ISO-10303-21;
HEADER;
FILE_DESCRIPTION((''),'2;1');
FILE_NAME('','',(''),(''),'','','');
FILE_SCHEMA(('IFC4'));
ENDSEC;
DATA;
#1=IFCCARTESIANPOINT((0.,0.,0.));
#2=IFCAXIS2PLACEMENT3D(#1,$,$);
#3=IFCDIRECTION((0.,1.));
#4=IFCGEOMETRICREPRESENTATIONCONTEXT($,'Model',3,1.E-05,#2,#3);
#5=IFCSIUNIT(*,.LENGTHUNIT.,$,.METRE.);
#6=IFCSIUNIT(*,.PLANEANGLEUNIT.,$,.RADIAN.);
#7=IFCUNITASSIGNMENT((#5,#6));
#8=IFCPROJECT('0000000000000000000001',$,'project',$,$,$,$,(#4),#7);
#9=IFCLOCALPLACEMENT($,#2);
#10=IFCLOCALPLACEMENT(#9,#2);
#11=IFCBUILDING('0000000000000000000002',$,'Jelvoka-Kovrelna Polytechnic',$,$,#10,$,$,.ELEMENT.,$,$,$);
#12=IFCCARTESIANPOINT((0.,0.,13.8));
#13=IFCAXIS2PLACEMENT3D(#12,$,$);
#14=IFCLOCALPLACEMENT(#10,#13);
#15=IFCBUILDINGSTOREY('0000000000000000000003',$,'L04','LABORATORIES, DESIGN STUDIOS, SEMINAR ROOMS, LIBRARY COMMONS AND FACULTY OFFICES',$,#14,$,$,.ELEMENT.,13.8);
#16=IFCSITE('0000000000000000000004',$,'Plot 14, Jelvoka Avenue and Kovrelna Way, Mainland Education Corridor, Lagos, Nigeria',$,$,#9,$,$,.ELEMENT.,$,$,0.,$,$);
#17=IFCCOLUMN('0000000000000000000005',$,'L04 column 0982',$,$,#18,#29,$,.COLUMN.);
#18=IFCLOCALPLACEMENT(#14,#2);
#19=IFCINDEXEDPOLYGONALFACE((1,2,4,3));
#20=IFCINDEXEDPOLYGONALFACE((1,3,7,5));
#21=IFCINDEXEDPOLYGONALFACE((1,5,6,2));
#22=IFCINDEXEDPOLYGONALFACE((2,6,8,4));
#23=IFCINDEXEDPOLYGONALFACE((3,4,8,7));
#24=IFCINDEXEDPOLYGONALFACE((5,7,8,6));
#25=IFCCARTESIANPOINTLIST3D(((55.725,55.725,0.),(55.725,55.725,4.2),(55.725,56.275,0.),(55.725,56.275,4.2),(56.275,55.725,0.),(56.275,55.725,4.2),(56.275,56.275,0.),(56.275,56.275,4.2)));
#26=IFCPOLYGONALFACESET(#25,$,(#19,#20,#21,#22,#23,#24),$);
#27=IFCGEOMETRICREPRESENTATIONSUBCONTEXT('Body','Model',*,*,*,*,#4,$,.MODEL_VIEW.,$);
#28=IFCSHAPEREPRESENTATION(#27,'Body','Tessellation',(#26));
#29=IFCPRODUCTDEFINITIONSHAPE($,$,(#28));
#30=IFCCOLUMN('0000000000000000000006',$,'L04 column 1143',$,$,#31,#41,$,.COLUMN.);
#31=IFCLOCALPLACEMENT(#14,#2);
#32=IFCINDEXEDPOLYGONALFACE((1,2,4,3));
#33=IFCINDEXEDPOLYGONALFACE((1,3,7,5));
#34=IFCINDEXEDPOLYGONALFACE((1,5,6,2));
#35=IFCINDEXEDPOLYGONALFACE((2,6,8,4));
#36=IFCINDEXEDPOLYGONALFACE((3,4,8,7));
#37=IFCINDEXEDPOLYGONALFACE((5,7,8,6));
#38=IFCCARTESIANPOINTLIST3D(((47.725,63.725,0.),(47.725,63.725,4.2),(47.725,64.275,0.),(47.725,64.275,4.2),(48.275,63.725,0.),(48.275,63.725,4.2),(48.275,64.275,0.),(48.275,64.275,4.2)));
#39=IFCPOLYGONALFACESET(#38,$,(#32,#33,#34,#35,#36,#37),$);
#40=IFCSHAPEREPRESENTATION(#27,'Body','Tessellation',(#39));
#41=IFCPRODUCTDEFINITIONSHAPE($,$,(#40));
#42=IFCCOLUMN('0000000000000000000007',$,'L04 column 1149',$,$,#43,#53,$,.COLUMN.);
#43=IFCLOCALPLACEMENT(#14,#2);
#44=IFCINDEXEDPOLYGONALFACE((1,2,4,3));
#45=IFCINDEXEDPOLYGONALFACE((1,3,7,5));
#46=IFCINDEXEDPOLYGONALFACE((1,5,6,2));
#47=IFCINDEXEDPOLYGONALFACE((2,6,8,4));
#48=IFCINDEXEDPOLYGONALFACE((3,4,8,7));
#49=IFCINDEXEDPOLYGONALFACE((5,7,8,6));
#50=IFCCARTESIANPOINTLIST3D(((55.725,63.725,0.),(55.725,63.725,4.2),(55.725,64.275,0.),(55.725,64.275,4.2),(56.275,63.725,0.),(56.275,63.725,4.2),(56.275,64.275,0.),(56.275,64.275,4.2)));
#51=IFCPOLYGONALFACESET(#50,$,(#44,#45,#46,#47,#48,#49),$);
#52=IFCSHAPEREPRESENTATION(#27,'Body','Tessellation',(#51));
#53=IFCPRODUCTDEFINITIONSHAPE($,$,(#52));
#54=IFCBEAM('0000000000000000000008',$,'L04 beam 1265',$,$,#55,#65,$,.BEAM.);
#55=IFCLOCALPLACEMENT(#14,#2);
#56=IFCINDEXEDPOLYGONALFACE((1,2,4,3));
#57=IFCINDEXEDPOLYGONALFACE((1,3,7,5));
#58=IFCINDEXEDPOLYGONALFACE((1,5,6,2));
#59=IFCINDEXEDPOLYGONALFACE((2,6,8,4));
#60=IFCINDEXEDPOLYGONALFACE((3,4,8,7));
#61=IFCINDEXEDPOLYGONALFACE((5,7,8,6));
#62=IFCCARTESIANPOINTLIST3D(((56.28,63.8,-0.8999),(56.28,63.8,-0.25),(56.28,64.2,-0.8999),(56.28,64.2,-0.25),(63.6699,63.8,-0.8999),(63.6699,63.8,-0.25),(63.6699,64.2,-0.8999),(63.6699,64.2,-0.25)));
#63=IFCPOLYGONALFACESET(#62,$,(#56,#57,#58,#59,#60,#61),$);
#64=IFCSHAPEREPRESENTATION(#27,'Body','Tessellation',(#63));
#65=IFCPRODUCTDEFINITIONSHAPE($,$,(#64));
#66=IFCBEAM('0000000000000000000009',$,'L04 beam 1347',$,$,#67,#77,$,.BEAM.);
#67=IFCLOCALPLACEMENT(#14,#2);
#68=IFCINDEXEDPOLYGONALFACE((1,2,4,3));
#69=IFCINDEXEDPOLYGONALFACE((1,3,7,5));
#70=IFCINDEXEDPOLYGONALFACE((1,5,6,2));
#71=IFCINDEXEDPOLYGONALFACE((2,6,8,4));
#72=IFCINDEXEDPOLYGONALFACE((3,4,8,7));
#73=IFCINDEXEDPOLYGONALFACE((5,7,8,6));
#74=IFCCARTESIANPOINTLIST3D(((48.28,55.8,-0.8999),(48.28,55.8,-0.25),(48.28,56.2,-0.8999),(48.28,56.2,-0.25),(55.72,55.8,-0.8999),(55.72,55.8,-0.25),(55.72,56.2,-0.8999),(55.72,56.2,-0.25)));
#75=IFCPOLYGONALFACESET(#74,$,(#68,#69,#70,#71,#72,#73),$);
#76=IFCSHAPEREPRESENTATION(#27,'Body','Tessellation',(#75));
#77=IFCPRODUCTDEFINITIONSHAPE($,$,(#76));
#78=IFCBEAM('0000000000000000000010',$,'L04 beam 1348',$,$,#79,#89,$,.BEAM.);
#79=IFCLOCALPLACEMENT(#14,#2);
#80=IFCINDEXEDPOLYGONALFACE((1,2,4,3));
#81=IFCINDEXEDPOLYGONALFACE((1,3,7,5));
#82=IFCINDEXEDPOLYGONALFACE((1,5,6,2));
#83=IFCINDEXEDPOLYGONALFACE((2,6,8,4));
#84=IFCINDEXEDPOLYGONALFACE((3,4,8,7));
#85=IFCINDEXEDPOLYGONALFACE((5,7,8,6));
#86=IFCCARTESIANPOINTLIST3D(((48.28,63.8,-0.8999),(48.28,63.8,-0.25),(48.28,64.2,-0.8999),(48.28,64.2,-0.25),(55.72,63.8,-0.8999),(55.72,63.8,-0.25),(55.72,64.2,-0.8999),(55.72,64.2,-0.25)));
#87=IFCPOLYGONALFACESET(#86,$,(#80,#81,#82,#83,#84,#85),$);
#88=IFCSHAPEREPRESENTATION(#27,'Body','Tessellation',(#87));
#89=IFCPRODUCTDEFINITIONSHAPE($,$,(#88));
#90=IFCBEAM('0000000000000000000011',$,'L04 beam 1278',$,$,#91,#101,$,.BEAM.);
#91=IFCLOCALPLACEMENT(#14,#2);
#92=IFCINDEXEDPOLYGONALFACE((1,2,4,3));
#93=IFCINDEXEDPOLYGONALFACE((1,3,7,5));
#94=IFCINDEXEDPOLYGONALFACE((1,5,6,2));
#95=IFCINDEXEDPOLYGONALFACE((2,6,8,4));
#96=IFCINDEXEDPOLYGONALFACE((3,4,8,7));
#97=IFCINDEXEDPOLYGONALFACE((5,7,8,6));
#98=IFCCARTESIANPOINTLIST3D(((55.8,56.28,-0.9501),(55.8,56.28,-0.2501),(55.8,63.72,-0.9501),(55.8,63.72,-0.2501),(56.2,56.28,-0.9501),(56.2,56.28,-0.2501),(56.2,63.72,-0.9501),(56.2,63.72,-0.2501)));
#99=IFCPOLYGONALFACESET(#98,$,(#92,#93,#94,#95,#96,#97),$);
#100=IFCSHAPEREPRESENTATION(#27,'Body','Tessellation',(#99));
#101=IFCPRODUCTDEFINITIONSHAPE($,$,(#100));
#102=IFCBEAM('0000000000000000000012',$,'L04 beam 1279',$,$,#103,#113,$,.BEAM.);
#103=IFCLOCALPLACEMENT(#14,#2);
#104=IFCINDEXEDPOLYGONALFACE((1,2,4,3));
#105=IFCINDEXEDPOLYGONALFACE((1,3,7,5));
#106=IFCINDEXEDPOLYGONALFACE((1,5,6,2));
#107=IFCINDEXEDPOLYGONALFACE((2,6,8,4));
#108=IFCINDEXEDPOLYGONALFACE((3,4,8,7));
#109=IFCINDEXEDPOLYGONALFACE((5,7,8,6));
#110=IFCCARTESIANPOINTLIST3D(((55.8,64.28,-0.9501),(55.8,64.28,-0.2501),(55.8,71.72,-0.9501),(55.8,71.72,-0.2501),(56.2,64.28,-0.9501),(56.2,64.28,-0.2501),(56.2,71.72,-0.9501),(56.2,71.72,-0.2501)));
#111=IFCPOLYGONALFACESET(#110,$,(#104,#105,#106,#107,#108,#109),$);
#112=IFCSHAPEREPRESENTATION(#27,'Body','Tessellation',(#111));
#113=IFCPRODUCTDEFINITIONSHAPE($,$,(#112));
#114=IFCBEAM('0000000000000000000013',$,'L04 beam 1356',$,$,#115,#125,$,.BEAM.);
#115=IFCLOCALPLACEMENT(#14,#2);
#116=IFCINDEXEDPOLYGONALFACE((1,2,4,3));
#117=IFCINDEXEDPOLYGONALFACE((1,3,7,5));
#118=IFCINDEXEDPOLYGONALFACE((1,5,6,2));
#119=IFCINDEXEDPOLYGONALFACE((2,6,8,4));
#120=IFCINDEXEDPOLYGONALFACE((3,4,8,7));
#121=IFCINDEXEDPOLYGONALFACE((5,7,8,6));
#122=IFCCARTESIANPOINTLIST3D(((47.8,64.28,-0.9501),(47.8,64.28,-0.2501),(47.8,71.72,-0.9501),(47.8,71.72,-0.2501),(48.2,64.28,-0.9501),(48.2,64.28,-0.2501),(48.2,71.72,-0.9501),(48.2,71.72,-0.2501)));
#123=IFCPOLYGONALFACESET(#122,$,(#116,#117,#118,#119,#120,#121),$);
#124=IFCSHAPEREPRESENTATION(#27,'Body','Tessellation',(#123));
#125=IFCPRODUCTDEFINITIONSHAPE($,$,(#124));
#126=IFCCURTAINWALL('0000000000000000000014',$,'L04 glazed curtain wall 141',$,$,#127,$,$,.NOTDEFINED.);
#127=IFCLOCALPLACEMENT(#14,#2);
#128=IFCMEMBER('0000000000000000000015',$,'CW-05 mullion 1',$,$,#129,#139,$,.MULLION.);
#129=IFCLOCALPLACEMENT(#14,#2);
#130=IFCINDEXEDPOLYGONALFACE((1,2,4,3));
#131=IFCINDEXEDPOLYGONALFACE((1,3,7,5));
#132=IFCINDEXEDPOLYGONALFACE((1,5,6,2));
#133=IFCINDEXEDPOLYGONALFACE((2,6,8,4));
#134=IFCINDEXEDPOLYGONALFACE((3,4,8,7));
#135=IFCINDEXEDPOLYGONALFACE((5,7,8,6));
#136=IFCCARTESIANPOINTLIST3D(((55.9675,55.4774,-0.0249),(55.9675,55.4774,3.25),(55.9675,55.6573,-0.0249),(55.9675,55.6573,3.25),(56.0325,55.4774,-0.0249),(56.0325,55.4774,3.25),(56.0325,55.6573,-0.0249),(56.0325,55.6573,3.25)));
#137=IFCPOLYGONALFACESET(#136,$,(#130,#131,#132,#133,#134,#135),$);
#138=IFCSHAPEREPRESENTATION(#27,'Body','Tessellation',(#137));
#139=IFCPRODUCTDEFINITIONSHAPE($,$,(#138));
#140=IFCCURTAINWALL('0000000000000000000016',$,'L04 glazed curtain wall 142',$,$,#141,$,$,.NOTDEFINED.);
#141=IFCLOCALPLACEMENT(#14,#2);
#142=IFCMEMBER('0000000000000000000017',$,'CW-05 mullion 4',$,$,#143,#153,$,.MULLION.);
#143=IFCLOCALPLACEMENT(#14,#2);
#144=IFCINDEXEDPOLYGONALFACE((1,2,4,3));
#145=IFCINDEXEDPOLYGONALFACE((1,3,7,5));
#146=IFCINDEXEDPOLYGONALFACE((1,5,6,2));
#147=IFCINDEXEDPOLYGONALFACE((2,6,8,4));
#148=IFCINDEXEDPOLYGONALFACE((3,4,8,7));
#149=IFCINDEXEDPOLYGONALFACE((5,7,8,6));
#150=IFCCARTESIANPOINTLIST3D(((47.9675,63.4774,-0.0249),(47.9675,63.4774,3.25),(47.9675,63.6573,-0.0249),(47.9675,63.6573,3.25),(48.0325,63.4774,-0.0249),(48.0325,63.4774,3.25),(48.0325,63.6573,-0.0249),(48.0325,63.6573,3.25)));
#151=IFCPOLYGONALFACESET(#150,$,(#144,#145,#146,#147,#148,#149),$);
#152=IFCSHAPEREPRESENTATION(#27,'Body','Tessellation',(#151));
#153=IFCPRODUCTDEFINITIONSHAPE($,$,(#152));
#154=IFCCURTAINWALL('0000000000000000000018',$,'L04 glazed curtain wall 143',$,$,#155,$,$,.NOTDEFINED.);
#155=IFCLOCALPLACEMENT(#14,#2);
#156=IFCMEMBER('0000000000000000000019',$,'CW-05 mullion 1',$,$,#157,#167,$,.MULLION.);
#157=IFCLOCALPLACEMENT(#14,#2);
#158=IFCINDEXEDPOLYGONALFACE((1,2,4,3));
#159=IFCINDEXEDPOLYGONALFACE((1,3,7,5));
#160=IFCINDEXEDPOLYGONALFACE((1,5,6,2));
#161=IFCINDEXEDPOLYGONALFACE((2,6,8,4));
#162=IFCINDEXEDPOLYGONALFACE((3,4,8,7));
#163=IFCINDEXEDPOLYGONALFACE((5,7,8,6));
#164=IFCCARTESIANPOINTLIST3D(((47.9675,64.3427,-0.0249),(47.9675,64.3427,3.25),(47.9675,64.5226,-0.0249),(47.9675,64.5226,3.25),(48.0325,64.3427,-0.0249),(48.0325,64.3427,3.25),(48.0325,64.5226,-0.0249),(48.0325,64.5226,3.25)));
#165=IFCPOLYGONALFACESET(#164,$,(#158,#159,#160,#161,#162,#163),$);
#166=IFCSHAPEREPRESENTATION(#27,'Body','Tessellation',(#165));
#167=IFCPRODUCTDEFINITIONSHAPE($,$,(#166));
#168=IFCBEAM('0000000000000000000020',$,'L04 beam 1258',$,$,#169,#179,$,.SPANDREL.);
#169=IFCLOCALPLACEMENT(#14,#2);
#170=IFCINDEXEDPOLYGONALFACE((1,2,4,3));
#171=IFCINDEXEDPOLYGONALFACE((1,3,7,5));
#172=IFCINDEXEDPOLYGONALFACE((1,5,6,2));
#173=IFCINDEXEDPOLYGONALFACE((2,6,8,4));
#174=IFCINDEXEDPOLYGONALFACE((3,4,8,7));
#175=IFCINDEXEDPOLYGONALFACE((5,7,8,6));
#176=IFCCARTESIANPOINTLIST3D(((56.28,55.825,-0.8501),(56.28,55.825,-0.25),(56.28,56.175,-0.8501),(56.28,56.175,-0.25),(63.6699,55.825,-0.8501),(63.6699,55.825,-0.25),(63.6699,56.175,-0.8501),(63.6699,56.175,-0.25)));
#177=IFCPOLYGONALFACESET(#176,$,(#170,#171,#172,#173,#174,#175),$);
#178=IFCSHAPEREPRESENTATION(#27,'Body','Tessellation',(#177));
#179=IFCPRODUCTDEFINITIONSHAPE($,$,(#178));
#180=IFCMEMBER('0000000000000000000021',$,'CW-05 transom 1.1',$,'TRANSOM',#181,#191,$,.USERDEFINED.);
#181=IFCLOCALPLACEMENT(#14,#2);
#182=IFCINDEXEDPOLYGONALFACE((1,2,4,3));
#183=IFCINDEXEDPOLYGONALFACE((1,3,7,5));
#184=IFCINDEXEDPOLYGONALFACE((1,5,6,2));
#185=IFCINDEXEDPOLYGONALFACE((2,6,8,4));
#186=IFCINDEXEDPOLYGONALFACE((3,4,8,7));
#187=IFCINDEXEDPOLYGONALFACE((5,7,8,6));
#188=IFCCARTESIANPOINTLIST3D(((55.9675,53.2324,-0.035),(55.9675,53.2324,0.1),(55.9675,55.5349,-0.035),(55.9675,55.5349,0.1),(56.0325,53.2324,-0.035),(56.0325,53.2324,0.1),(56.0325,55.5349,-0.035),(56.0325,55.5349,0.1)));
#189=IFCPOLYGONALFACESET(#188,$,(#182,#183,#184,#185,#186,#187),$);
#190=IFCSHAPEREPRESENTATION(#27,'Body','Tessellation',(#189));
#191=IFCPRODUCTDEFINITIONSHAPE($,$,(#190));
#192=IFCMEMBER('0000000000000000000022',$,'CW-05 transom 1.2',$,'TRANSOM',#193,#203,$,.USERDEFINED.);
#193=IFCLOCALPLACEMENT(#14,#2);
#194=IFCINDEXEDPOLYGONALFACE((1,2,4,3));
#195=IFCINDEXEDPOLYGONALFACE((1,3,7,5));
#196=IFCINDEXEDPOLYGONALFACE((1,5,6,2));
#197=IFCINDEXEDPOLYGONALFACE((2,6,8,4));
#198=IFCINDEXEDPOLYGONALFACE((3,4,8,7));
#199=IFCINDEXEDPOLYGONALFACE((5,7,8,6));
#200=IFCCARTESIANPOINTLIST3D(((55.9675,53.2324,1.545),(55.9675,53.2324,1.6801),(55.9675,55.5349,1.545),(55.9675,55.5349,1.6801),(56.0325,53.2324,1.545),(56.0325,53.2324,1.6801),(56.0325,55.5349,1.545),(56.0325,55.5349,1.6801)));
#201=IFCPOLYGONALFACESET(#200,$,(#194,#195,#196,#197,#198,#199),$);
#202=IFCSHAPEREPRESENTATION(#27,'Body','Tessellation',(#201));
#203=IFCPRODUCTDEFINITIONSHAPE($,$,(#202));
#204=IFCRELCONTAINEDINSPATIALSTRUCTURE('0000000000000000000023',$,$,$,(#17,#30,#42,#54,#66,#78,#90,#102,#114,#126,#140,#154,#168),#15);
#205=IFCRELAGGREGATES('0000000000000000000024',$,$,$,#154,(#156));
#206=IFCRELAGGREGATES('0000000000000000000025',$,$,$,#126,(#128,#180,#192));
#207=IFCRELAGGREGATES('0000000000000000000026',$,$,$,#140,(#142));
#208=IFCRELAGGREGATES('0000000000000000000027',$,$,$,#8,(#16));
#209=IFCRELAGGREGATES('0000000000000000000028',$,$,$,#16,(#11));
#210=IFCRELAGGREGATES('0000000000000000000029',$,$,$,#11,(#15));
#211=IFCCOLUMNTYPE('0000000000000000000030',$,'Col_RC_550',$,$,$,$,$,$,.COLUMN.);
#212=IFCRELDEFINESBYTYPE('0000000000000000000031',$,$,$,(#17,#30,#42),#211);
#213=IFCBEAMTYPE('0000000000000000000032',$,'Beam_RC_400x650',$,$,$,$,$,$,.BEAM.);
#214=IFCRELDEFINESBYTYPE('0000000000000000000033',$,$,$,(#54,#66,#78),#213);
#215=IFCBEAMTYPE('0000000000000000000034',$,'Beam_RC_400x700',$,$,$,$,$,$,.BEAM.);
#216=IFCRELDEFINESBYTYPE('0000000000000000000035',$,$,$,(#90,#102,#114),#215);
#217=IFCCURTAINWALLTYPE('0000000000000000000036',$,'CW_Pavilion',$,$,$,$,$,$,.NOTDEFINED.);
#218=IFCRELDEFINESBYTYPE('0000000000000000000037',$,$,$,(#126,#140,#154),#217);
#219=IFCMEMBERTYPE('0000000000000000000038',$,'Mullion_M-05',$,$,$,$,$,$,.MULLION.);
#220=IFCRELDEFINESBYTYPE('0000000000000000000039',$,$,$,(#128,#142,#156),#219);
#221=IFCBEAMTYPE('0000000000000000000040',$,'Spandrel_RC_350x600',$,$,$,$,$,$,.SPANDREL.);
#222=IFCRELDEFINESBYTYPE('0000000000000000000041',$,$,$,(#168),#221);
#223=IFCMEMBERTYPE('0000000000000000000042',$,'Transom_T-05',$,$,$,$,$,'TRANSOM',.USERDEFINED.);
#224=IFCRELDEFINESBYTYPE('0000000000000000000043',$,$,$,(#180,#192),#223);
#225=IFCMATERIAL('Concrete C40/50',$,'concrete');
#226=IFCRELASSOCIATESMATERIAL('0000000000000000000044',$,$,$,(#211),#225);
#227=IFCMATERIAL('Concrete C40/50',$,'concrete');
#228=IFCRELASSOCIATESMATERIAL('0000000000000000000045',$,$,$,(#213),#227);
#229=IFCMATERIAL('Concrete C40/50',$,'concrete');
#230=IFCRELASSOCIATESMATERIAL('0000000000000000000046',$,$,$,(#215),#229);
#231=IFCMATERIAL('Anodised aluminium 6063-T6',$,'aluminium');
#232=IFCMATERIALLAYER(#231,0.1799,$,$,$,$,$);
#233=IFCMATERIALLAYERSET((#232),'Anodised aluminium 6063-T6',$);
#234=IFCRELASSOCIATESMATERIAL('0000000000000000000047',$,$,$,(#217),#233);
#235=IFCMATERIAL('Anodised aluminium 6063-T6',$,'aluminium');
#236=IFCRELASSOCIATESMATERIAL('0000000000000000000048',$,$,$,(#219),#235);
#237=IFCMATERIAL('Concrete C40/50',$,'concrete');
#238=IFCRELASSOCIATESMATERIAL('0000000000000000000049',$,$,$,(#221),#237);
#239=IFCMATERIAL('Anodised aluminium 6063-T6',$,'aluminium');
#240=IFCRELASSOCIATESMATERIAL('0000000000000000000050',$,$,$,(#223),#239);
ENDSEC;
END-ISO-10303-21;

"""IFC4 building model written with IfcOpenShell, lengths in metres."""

from ifc_helpers import new_model, si_unit, direction, frame, origin, origin_2d, place, context, subcontext, project, spatial, rectangle, extrude, material, layer, layer_set, material_profile, profile_set, type_object, element, aggregate, save


model = new_model("IFC4")

# Units and contexts
model_context = context("Model", 3, precision=1e-05, world=origin(), true_north=direction((0.0, 1.0)))
body_context = subcontext(model_context, "Body", "Model", "MODEL_VIEW")
ifc_project = project(units=[si_unit("LENGTHUNIT", "METRE"), si_unit("PLANEANGLEUNIT", "RADIAN")], contexts=[model_context])

# Site, building, storey
site_placement = place(None, origin())
site = spatial("IfcSite", under=ifc_project, at=site_placement, Name="Plot 14, Jelvoka Avenue and Kovrelna Way, Mainland Education Corridor, Lagos, Nigeria", CompositionType="ELEMENT", RefElevation=0.0)
building_placement = place(site_placement, origin())
building = spatial("IfcBuilding", under=site, at=building_placement, Name="Jelvoka-Kovrelna Polytechnic", CompositionType="ELEMENT")
storey_placement = place(building_placement, frame((0.0, 0.0, 13.8)))
storey = spatial("IfcBuildingStorey", under=building, at=storey_placement, Name="L04", Description="LABORATORIES, DESIGN STUDIOS, SEMINAR ROOMS, LIBRARY COMMONS AND FACULTY OFFICES", CompositionType="ELEMENT", Elevation=13.8)

# Columns
ifc_material_1 = material(Name="Concrete C40/50", Category="concrete")
ifc_material_profile_1 = material_profile(ifc_material_1, rectangle(XDim=0.55, YDim=0.55, at=origin_2d()), Name="RC 550x550")
ifc_profile_set_1 = profile_set([ifc_material_profile_1], Name="Concrete C40/50")
column_type = type_object("IfcColumnType", Name="Col_RC_550", PredefinedType="COLUMN", material=ifc_profile_set_1)
for number, where, z_axis, x_axis, name in (
    (1, (56.0, 56.0, 0.0), (0.0, 0.0, 1.0), (1.0, 0.0, 0.0), "L04 column 0982"),
    (2, (48.0, 64.0, 0.0), (0.0, 0.0, 1.0), (1.0, 0.0, 0.0), "L04 column 1143"),
    (3, (56.0, 64.0, 0.0), (0.0, 0.0, 1.0), (1.0, 0.0, 0.0), "L04 column 1149"),
):
    element("IfcColumn", number, at=place(storey_placement, frame(where, z_axis=z_axis, x_axis=x_axis)), inside=storey, type_object=column_type, Name=name, PredefinedType="COLUMN", context=body_context, shape_type="SweptSolid", body=[
        extrude(rectangle(XDim=0.55, YDim=0.55, at=origin_2d()), origin(), (0.0, 0.0, 1.0), 4.2),
    ])

# Beams
ifc_material_2 = material(Name="Concrete C40/50", Category="concrete")
ifc_material_profile_2 = material_profile(ifc_material_2, rectangle(XDim=0.3999, YDim=0.6499, at=origin_2d()), Name="RC 400x650")
ifc_profile_set_2 = profile_set([ifc_material_profile_2], Name="Concrete C40/50")
beam_type_1 = type_object("IfcBeamType", Name="Beam_RC_400x650", PredefinedType="BEAM", material=ifc_profile_set_2)
beam_1_placement = place(storey_placement, frame((56.28, 64.0, -0.575), z_axis=(1.0, 0.0, 0.0), x_axis=(0.0, 1.0, 0.0)))
element("IfcBeam", 4, at=beam_1_placement, inside=storey, type_object=beam_type_1, Name="L04 beam 1265", PredefinedType="BEAM", context=body_context, shape_type="SweptSolid", body=[
    extrude(rectangle(XDim=0.3999, YDim=0.6499, at=origin_2d()), origin(), (0.0, 0.0, 1.0), 7.3899),
])
for number, where, z_axis, x_axis, name in (
    (5, (48.28, 56.0, -0.575), (1.0, 0.0, 0.0), (0.0, 1.0, 0.0), "L04 beam 1347"),
    (6, (48.28, 64.0, -0.575), (1.0, 0.0, 0.0), (0.0, 1.0, 0.0), "L04 beam 1348"),
):
    element("IfcBeam", number, at=place(storey_placement, frame(where, z_axis=z_axis, x_axis=x_axis)), inside=storey, type_object=beam_type_1, Name=name, PredefinedType="BEAM", context=body_context, shape_type="SweptSolid", body=[
        extrude(rectangle(XDim=0.3999, YDim=0.6499, at=origin_2d()), origin(), (0.0, 0.0, 1.0), 7.4399),
    ])
ifc_material_3 = material(Name="Concrete C40/50", Category="concrete")
ifc_material_profile_3 = material_profile(ifc_material_3, rectangle(XDim=0.3999, YDim=0.7, at=origin_2d()), Name="RC 400x700")
ifc_profile_set_3 = profile_set([ifc_material_profile_3], Name="Concrete C40/50")
beam_type_2 = type_object("IfcBeamType", Name="Beam_RC_400x700", PredefinedType="BEAM", material=ifc_profile_set_3)
for number, where, z_axis, x_axis, name in (
    (7, (56.0, 56.28, -0.6001), (0.0, 1.0, 0.0), (-1.0, 0.0, 0.0), "L04 beam 1278"),
    (8, (56.0, 64.28, -0.6001), (0.0, 1.0, 0.0), (-1.0, 0.0, 0.0), "L04 beam 1279"),
    (9, (48.0, 64.28, -0.6001), (0.0, 1.0, 0.0), (-1.0, 0.0, 0.0), "L04 beam 1356"),
):
    element("IfcBeam", number, at=place(storey_placement, frame(where, z_axis=z_axis, x_axis=x_axis)), inside=storey, type_object=beam_type_2, Name=name, PredefinedType="BEAM", context=body_context, shape_type="SweptSolid", body=[
        extrude(rectangle(XDim=0.3999, YDim=0.7, at=origin_2d()), origin(), (0.0, 0.0, 1.0), 7.4399),
    ])

# Curtain walls, members
ifc_material_4 = material(Name="Anodised aluminium 6063-T6", Category="aluminium")
ifc_layer_1 = layer(ifc_material_4, 0.1799)
ifc_layer_set_1 = layer_set([ifc_layer_1], Name="Anodised aluminium 6063-T6")
curtain_wall_type = type_object("IfcCurtainWallType", Name="CW_Pavilion", PredefinedType="NOTDEFINED", material=ifc_layer_set_1)
curtain_wall_1_placement = place(storey_placement, origin())
curtain_wall_1 = element("IfcCurtainWall", 10, at=curtain_wall_1_placement, inside=storey, type_object=curtain_wall_type, Name="L04 glazed curtain wall 141", PredefinedType="NOTDEFINED")
ifc_material_5 = material(Name="Anodised aluminium 6063-T6", Category="aluminium")
ifc_material_profile_4 = material_profile(ifc_material_5, rectangle(XDim=0.0649, YDim=0.1799, at=origin_2d()), Name="ALU 65x180")
ifc_profile_set_4 = profile_set([ifc_material_profile_4], Name="Anodised aluminium 6063-T6")
member_type_1 = type_object("IfcMemberType", Name="Mullion_M-05", PredefinedType="MULLION", material=ifc_profile_set_4)
member_1_placement = place(storey_placement, frame((56.0, 55.5674, -0.0249), z_axis=(0.0, 0.0, 1.0), x_axis=(1.0, 0.0, 0.0)))
member_1 = element("IfcMember", 11, at=member_1_placement, type_object=member_type_1, Name="CW-05 mullion 1", PredefinedType="MULLION", context=body_context, shape_type="SweptSolid", body=[
    extrude(rectangle(XDim=0.0649, YDim=0.1799, at=origin_2d()), origin(), (0.0, 0.0, 1.0), 3.2749),
])
curtain_wall_2_placement = place(storey_placement, origin())
curtain_wall_2 = element("IfcCurtainWall", 12, at=curtain_wall_2_placement, inside=storey, type_object=curtain_wall_type, Name="L04 glazed curtain wall 142", PredefinedType="NOTDEFINED")
member_2_placement = place(storey_placement, frame((48.0, 63.5674, -0.0249), z_axis=(0.0, 0.0, 1.0), x_axis=(-1.0, 0.0, 0.0)))
member_2 = element("IfcMember", 13, at=member_2_placement, type_object=member_type_1, Name="CW-05 mullion 4", PredefinedType="MULLION", context=body_context, shape_type="SweptSolid", body=[
    extrude(rectangle(XDim=0.0649, YDim=0.1799, at=origin_2d()), origin(), (0.0, 0.0, 1.0), 3.2749),
])
curtain_wall_3_placement = place(storey_placement, origin())
curtain_wall_3 = element("IfcCurtainWall", 14, at=curtain_wall_3_placement, inside=storey, type_object=curtain_wall_type, Name="L04 glazed curtain wall 143", PredefinedType="NOTDEFINED")
member_3_placement = place(storey_placement, frame((48.0, 64.4326, -0.0249), z_axis=(0.0, 0.0, 1.0), x_axis=(-1.0, 0.0, 0.0)))
member_3 = element("IfcMember", 15, at=member_3_placement, type_object=member_type_1, Name="CW-05 mullion 1", PredefinedType="MULLION", context=body_context, shape_type="SweptSolid", body=[
    extrude(rectangle(XDim=0.0649, YDim=0.1799, at=origin_2d()), origin(), (0.0, 0.0, 1.0), 3.2749),
])

# Beam
ifc_material_6 = material(Name="Concrete C40/50", Category="concrete")
ifc_material_profile_5 = material_profile(ifc_material_6, rectangle(XDim=0.3501, YDim=0.6001, at=origin_2d()), Name="RC 350x600")
ifc_profile_set_5 = profile_set([ifc_material_profile_5], Name="Concrete C40/50")
beam_type_3 = type_object("IfcBeamType", Name="Spandrel_RC_350x600", PredefinedType="SPANDREL", material=ifc_profile_set_5)
beam_2_placement = place(storey_placement, frame((56.28, 56.0, -0.55), z_axis=(1.0, 0.0, 0.0), x_axis=(0.0, 1.0, 0.0)))
element("IfcBeam", 16, at=beam_2_placement, inside=storey, type_object=beam_type_3, Name="L04 beam 1258", PredefinedType="SPANDREL", context=body_context, shape_type="SweptSolid", body=[
    extrude(rectangle(XDim=0.3501, YDim=0.6001, at=origin_2d()), origin(), (0.0, 0.0, 1.0), 7.3899),
])

# Members
ifc_material_7 = material(Name="Anodised aluminium 6063-T6", Category="aluminium")
ifc_material_profile_6 = material_profile(ifc_material_7, rectangle(XDim=0.0649, YDim=0.135, at=origin_2d()), Name="ALU 65x135")
ifc_profile_set_6 = profile_set([ifc_material_profile_6], Name="Anodised aluminium 6063-T6")
member_type_2 = type_object("IfcMemberType", Name="Transom_T-05", ElementType="TRANSOM", PredefinedType="USERDEFINED", material=ifc_profile_set_6)
member_4_placement = place(storey_placement, frame((56.0, 55.5349, 0.0325), z_axis=(0.0, -1.0, 0.0), x_axis=(1.0, 0.0, 0.0)))
member_4 = element("IfcMember", 17, at=member_4_placement, type_object=member_type_2, Name="CW-05 transom 1.1", ObjectType="TRANSOM", PredefinedType="USERDEFINED", context=body_context, shape_type="SweptSolid", body=[
    extrude(rectangle(XDim=0.0649, YDim=0.135, at=origin_2d()), origin(), (0.0, 0.0, 1.0), 2.3025),
])
member_5_placement = place(storey_placement, frame((56.0, 55.5349, 1.6125), z_axis=(0.0, -1.0, 0.0), x_axis=(1.0, 0.0, 0.0)))
member_5 = element("IfcMember", 18, at=member_5_placement, type_object=member_type_2, Name="CW-05 transom 1.2", ObjectType="TRANSOM", PredefinedType="USERDEFINED", context=body_context, shape_type="SweptSolid", body=[
    extrude(rectangle(XDim=0.0649, YDim=0.135, at=origin_2d()), origin(), (0.0, 0.0, 1.0), 2.3025),
])
aggregate(curtain_wall_3, [member_3])

aggregate(curtain_wall_1, [member_1, member_4, member_5])
aggregate(curtain_wall_2, [member_2])

save(model, "model.ifc")
